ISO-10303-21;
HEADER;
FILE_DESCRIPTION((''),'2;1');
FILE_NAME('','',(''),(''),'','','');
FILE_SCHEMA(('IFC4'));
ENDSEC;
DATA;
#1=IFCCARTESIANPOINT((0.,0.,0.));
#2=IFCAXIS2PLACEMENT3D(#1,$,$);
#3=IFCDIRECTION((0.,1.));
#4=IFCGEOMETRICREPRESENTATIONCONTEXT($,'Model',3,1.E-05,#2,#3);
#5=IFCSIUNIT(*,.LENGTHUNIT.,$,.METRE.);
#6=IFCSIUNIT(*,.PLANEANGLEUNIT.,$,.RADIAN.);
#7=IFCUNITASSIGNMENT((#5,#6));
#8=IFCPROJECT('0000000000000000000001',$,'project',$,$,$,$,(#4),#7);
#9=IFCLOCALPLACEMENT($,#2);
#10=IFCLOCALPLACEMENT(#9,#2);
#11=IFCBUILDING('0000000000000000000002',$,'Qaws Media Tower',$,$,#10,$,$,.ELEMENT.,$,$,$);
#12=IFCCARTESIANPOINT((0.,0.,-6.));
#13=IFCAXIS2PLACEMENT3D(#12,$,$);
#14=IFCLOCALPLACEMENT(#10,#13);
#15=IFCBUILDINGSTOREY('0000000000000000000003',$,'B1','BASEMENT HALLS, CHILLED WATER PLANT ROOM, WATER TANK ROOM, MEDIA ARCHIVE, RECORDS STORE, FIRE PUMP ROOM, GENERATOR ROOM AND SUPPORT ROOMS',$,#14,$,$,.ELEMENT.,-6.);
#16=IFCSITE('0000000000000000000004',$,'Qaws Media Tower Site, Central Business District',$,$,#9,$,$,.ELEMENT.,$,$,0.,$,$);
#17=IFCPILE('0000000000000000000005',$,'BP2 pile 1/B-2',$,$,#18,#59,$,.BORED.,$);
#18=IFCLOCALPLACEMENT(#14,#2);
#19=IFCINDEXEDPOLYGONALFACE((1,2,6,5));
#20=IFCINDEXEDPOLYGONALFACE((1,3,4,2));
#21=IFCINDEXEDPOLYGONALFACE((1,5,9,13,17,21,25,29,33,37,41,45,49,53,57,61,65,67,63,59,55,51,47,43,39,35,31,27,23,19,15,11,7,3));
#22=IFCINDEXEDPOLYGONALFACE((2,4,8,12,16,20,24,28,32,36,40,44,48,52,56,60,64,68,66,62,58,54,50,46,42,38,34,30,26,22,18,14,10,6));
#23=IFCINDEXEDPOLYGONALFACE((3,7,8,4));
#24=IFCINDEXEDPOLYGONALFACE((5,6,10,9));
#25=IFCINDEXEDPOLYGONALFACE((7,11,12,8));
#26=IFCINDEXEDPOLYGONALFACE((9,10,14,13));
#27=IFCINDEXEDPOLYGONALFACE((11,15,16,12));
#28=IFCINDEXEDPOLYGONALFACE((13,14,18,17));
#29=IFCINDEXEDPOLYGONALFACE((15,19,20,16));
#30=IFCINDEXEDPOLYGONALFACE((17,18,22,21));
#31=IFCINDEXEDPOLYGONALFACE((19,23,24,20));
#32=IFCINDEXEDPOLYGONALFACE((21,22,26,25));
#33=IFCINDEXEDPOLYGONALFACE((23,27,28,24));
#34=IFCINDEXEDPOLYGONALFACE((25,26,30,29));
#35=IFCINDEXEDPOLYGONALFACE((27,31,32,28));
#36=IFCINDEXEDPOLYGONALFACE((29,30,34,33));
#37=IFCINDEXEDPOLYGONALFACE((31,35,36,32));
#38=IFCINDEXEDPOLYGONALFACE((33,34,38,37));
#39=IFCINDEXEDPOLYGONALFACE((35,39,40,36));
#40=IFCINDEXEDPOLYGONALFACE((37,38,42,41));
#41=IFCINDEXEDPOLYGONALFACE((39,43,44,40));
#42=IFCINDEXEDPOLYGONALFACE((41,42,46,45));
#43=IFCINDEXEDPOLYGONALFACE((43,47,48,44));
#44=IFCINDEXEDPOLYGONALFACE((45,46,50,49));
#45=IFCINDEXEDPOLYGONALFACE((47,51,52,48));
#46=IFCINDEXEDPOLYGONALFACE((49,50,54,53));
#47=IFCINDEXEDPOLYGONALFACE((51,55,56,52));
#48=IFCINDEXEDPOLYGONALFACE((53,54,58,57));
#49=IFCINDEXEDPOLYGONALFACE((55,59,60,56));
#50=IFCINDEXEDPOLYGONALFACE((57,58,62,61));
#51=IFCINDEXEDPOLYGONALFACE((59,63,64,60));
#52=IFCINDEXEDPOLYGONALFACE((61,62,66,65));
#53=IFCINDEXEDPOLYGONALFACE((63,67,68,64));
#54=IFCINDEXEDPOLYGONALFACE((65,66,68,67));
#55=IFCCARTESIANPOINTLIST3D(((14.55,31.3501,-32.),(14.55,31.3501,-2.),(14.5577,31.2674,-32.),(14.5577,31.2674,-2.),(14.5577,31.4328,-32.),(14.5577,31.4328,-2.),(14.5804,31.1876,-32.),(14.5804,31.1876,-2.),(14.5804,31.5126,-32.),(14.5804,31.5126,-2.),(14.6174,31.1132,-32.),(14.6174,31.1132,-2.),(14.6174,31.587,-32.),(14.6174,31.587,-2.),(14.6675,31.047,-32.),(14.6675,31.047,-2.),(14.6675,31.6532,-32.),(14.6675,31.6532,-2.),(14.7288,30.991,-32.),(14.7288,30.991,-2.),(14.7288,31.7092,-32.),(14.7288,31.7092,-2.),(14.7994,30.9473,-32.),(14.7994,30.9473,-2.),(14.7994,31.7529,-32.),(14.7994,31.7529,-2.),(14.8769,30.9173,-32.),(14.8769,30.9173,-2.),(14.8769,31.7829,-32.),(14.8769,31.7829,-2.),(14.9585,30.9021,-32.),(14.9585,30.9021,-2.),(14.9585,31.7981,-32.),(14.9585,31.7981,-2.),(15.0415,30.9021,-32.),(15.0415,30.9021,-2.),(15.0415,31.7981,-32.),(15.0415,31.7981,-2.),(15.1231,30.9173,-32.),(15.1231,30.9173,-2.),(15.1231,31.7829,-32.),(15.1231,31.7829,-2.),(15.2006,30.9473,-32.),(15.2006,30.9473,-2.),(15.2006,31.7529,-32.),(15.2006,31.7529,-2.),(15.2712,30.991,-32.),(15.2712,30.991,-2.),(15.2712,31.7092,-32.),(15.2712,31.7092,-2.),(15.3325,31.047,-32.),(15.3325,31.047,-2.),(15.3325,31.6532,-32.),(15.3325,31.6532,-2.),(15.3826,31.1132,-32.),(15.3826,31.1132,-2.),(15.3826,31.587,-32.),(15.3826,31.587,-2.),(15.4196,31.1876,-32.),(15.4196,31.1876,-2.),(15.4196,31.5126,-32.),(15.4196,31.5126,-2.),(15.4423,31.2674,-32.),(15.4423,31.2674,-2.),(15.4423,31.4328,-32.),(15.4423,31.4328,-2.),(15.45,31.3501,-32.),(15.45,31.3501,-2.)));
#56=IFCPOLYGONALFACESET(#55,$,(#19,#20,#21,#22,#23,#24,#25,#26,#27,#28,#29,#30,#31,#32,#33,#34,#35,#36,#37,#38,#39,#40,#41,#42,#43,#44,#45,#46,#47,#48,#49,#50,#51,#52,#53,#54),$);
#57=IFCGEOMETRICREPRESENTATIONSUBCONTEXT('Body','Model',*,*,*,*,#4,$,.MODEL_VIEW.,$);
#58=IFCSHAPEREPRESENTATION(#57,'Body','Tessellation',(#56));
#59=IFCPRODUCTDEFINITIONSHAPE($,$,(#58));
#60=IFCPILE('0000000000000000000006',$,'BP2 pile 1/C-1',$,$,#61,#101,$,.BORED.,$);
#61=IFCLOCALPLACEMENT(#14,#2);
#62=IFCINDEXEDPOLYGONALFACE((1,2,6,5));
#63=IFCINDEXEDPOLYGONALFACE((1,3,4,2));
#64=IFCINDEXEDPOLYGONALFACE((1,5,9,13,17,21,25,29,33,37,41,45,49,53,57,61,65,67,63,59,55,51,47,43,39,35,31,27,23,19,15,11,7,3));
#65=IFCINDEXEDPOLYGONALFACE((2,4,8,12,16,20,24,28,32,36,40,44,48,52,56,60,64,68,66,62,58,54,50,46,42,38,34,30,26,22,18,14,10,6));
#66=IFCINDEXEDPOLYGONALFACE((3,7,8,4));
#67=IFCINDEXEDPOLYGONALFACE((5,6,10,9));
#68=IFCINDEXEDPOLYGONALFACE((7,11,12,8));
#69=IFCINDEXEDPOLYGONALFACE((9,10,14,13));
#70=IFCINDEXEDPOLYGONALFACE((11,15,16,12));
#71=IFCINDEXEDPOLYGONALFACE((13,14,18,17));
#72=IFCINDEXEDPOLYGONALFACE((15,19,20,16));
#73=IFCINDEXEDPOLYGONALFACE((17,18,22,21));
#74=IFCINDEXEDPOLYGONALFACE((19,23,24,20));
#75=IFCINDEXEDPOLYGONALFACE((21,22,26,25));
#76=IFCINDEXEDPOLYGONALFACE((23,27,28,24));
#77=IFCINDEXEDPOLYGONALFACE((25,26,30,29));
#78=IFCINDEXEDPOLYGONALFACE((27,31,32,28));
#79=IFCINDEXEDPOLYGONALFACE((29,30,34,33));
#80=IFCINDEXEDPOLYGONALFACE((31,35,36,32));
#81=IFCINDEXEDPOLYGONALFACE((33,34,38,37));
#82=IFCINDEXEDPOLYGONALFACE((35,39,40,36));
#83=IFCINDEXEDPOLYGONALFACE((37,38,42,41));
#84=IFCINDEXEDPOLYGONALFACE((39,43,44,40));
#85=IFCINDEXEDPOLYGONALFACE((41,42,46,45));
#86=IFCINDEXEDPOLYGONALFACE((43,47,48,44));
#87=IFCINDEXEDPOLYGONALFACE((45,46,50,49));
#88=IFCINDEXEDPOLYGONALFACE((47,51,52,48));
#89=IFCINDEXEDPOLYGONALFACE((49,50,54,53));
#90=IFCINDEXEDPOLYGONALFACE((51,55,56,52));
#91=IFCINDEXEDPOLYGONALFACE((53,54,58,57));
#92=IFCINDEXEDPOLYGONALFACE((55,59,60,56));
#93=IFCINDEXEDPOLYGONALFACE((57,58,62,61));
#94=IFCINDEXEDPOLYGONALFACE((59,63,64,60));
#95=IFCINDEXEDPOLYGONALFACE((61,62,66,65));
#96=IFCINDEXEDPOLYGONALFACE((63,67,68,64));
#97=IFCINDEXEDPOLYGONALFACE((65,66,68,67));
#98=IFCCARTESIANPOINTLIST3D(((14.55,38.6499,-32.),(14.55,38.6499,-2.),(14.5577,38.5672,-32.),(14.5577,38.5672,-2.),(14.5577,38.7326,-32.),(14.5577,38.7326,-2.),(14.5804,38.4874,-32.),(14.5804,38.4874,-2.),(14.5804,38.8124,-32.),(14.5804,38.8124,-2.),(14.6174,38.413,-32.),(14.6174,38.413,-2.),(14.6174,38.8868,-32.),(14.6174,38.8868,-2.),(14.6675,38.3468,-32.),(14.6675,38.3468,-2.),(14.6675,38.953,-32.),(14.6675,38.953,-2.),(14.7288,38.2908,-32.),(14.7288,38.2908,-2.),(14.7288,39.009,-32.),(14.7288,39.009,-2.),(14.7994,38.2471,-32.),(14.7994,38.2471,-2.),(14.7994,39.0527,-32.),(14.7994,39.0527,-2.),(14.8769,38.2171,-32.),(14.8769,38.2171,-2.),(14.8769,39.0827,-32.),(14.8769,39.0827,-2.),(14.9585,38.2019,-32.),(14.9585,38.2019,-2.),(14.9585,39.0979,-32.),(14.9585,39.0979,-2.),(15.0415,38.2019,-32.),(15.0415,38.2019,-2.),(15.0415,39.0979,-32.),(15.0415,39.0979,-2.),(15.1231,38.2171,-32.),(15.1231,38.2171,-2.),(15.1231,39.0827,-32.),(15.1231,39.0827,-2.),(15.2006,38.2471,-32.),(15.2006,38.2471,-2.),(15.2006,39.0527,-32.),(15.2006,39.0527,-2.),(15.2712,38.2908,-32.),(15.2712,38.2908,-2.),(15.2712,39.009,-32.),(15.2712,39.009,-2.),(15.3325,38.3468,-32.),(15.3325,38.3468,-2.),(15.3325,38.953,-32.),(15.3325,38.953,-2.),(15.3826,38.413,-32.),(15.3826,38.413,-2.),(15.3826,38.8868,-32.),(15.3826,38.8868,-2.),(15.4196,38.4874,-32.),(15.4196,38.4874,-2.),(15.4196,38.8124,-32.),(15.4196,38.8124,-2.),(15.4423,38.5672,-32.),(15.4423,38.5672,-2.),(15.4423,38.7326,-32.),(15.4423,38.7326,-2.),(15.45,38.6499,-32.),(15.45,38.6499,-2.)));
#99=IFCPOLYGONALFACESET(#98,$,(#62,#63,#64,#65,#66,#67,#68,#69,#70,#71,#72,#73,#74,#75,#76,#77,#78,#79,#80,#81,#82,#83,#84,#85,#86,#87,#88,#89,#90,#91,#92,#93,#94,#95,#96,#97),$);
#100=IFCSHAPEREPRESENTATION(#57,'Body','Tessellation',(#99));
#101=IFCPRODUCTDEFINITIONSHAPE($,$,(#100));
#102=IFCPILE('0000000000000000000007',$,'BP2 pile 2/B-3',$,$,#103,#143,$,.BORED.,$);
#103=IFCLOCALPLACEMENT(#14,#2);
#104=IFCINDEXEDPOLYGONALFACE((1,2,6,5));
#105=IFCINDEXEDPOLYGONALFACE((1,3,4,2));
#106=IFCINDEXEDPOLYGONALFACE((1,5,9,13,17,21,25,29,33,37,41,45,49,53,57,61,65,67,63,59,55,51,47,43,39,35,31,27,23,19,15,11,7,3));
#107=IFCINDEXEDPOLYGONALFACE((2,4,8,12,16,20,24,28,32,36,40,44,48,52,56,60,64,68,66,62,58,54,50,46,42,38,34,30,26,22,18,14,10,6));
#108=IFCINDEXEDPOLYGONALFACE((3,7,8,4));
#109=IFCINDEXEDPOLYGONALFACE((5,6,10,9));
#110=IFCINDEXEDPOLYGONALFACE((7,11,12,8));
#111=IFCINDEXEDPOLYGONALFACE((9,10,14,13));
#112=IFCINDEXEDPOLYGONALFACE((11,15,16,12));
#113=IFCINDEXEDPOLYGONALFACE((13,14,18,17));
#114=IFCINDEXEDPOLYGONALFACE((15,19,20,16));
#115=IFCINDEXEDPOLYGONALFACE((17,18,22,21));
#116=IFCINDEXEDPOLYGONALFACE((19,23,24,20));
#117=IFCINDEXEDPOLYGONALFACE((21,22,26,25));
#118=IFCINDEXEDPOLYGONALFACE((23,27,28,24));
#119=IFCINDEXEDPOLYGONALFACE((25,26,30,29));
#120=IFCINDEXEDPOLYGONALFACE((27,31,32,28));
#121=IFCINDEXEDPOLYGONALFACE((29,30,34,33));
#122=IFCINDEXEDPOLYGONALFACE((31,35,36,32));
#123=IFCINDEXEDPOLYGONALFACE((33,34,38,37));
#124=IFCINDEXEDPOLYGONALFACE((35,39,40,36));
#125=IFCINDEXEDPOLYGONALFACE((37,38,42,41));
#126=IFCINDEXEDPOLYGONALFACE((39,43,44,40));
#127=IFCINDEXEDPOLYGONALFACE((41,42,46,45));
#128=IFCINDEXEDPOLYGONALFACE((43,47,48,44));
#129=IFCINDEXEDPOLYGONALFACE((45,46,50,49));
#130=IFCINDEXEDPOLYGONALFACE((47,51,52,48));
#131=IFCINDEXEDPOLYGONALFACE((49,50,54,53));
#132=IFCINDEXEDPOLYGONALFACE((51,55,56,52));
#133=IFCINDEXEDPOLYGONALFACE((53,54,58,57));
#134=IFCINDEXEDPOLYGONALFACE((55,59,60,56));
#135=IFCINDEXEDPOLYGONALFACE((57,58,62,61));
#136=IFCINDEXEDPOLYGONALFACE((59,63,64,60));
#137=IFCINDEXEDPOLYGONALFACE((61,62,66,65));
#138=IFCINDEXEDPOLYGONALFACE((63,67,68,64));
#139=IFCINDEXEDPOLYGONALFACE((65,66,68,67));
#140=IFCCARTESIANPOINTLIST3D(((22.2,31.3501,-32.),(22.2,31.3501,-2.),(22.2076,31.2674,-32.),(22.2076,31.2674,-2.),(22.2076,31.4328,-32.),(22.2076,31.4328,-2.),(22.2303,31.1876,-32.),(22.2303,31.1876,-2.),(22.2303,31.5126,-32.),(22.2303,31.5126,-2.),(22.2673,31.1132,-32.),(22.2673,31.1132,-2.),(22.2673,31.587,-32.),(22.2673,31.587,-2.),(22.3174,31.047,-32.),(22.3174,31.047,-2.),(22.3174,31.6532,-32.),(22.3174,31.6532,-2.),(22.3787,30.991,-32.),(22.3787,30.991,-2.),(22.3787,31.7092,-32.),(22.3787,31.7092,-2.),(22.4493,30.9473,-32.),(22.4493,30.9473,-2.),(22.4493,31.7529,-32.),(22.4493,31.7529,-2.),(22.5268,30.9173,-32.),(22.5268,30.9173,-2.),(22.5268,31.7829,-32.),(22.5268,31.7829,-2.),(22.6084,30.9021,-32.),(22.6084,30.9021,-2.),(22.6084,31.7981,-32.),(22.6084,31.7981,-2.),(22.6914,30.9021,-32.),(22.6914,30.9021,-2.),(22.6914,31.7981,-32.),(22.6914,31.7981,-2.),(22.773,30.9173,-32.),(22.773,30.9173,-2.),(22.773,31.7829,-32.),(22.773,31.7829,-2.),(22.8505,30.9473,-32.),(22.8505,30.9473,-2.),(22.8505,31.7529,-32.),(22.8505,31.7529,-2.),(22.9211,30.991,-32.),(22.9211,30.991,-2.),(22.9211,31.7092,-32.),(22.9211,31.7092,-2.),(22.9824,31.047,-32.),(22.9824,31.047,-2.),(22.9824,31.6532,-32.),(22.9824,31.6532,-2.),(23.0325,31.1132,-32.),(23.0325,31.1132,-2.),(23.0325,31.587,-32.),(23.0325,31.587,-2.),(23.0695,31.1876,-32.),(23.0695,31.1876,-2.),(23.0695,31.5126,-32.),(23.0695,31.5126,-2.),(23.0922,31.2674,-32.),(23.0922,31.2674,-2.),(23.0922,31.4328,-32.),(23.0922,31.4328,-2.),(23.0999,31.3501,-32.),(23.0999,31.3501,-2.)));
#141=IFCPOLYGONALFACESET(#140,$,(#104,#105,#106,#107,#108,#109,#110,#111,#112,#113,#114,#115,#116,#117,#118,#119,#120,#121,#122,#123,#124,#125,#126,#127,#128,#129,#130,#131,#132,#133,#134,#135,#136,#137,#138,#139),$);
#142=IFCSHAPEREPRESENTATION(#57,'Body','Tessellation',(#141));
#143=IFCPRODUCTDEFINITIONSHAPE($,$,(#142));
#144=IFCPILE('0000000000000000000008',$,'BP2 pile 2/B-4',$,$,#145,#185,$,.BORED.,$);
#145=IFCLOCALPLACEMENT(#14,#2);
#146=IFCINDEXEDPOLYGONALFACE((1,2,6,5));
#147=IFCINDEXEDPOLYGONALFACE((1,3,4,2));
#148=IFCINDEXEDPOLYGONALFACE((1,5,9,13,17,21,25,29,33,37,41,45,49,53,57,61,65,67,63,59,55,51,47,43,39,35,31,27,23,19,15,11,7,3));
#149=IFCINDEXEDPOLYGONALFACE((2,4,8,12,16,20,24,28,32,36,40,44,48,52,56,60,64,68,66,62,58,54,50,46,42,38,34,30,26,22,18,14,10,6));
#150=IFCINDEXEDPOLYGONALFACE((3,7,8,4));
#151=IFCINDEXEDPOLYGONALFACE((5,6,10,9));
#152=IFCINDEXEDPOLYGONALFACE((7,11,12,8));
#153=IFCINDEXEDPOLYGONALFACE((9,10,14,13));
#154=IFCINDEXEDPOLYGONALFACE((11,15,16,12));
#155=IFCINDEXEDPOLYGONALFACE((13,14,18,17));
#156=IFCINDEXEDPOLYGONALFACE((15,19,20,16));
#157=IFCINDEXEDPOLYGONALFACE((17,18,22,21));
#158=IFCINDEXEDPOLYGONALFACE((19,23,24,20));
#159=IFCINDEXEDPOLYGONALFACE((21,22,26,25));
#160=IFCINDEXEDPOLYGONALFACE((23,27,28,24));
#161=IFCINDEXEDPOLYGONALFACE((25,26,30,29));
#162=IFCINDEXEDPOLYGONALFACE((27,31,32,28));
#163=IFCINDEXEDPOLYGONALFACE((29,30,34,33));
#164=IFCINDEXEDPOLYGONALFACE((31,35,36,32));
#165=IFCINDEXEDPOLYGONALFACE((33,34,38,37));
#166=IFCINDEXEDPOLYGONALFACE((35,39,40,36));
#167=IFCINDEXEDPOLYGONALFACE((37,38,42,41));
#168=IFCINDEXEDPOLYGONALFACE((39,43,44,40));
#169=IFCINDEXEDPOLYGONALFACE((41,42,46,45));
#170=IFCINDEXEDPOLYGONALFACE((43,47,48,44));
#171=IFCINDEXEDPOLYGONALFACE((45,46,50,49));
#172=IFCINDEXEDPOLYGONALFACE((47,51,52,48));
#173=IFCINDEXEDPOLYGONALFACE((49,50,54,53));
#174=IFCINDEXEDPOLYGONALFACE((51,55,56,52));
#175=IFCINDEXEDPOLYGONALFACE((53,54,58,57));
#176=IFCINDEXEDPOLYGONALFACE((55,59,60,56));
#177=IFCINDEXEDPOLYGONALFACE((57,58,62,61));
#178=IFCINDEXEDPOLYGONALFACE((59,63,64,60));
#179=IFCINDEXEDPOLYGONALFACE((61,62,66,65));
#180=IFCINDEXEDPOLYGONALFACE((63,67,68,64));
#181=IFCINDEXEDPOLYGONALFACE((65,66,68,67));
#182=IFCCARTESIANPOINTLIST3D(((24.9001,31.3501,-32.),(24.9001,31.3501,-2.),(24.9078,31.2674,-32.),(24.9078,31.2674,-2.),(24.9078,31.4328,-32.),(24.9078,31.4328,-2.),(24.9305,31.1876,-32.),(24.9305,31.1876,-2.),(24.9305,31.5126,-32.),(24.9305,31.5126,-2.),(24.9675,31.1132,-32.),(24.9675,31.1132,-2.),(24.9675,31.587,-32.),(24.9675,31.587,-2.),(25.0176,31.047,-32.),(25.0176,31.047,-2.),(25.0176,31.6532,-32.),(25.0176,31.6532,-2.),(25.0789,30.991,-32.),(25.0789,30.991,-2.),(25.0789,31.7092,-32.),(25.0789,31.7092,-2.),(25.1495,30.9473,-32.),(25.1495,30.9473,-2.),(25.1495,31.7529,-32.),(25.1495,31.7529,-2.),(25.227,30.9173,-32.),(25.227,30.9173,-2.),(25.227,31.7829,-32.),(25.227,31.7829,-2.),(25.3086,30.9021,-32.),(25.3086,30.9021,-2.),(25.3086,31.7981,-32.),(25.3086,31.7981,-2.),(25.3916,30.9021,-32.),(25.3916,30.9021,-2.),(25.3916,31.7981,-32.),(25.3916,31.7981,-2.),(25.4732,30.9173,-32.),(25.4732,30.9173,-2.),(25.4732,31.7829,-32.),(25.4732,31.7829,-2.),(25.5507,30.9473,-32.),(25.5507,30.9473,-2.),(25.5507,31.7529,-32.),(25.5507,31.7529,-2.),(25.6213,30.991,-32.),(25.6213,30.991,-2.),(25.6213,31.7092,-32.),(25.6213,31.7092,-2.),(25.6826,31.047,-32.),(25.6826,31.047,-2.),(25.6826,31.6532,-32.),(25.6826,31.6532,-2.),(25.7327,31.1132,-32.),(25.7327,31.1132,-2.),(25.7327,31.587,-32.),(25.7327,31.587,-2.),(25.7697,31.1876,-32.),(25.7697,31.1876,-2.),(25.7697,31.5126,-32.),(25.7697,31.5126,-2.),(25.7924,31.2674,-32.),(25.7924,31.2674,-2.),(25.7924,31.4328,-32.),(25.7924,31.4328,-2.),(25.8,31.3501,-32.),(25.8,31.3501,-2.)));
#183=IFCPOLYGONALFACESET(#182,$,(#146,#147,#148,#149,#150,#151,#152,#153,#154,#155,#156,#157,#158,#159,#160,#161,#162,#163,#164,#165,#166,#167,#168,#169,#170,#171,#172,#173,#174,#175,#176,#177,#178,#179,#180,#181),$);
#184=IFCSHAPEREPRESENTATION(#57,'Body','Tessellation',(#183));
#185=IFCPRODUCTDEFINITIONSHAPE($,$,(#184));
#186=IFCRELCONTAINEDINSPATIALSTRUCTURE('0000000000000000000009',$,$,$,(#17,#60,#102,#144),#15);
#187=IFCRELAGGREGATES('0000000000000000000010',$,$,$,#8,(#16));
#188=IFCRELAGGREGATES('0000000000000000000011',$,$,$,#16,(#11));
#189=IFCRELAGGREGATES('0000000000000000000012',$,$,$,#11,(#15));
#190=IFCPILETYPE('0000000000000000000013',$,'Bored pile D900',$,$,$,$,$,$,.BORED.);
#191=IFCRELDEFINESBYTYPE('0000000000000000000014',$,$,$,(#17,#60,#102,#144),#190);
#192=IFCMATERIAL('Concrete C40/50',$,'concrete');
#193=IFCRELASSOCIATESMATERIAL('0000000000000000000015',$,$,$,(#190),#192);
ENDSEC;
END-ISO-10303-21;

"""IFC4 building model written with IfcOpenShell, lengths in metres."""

from ifc_helpers import new_model, si_unit, direction, frame, origin, origin_2d, place, context, subcontext, project, spatial, circle, extrude, material, material_profile, profile_set, type_object, element, save


model = new_model("IFC4")

# Units and contexts
model_context = context("Model", 3, precision=1e-05, world=origin(), true_north=direction((0.0, 1.0)))
body_context = subcontext(model_context, "Body", "Model", "MODEL_VIEW")
ifc_project = project(units=[si_unit("LENGTHUNIT", "METRE"), si_unit("PLANEANGLEUNIT", "RADIAN")], contexts=[model_context])

# Site, building, storey
site_placement = place(None, origin())
site = spatial("IfcSite", under=ifc_project, at=site_placement, Name="Qaws Media Tower Site, Central Business District", CompositionType="ELEMENT", RefElevation=0.0)
building_placement = place(site_placement, origin())
building = spatial("IfcBuilding", under=site, at=building_placement, Name="Qaws Media Tower", CompositionType="ELEMENT")
storey_placement = place(building_placement, frame((0.0, 0.0, -6.0)))
storey = spatial("IfcBuildingStorey", under=building, at=storey_placement, Name="B1", Description="BASEMENT HALLS, CHILLED WATER PLANT ROOM, WATER TANK ROOM, MEDIA ARCHIVE, RECORDS STORE, FIRE PUMP ROOM, GENERATOR ROOM AND SUPPORT ROOMS", CompositionType="ELEMENT", Elevation=-6.0)

# Piles
ifc_material_1 = material(Name="Concrete C40/50", Category="concrete")
ifc_material_profile_1 = material_profile(ifc_material_1, circle(Radius=0.45, at=origin_2d()), Name="D900")
ifc_profile_set_1 = profile_set([ifc_material_profile_1], Name="Concrete C40/50")
pile_type = type_object("IfcPileType", Name="Bored pile D900", PredefinedType="BORED", material=ifc_profile_set_1)
for number, where, z_axis, x_axis, name in (
    (1, (15.0, 31.3501, -2.0), (0.0, 0.0, -1.0), (1.0, 0.0, 0.0), "BP2 pile 1/B-2"),
    (2, (15.0, 38.6499, -2.0), (0.0, 0.0, -1.0), (1.0, 0.0, 0.0), "BP2 pile 1/C-1"),
    (3, (22.6499, 31.3501, -2.0), (0.0, 0.0, -1.0), (1.0, 0.0, 0.0), "BP2 pile 2/B-3"),
    (4, (25.3501, 31.3501, -2.0), (0.0, 0.0, -1.0), (1.0, 0.0, 0.0), "BP2 pile 2/B-4"),
):
    element("IfcPile", number, at=place(storey_placement, frame(where, z_axis=z_axis, x_axis=x_axis)), inside=storey, type_object=pile_type, Name=name, PredefinedType="BORED", context=body_context, shape_type="SweptSolid", body=[
        extrude(circle(Radius=0.45, at=origin_2d()), origin(), (0.0, 0.0, 1.0), 30.0),
    ])

save(model, "model.ifc")
